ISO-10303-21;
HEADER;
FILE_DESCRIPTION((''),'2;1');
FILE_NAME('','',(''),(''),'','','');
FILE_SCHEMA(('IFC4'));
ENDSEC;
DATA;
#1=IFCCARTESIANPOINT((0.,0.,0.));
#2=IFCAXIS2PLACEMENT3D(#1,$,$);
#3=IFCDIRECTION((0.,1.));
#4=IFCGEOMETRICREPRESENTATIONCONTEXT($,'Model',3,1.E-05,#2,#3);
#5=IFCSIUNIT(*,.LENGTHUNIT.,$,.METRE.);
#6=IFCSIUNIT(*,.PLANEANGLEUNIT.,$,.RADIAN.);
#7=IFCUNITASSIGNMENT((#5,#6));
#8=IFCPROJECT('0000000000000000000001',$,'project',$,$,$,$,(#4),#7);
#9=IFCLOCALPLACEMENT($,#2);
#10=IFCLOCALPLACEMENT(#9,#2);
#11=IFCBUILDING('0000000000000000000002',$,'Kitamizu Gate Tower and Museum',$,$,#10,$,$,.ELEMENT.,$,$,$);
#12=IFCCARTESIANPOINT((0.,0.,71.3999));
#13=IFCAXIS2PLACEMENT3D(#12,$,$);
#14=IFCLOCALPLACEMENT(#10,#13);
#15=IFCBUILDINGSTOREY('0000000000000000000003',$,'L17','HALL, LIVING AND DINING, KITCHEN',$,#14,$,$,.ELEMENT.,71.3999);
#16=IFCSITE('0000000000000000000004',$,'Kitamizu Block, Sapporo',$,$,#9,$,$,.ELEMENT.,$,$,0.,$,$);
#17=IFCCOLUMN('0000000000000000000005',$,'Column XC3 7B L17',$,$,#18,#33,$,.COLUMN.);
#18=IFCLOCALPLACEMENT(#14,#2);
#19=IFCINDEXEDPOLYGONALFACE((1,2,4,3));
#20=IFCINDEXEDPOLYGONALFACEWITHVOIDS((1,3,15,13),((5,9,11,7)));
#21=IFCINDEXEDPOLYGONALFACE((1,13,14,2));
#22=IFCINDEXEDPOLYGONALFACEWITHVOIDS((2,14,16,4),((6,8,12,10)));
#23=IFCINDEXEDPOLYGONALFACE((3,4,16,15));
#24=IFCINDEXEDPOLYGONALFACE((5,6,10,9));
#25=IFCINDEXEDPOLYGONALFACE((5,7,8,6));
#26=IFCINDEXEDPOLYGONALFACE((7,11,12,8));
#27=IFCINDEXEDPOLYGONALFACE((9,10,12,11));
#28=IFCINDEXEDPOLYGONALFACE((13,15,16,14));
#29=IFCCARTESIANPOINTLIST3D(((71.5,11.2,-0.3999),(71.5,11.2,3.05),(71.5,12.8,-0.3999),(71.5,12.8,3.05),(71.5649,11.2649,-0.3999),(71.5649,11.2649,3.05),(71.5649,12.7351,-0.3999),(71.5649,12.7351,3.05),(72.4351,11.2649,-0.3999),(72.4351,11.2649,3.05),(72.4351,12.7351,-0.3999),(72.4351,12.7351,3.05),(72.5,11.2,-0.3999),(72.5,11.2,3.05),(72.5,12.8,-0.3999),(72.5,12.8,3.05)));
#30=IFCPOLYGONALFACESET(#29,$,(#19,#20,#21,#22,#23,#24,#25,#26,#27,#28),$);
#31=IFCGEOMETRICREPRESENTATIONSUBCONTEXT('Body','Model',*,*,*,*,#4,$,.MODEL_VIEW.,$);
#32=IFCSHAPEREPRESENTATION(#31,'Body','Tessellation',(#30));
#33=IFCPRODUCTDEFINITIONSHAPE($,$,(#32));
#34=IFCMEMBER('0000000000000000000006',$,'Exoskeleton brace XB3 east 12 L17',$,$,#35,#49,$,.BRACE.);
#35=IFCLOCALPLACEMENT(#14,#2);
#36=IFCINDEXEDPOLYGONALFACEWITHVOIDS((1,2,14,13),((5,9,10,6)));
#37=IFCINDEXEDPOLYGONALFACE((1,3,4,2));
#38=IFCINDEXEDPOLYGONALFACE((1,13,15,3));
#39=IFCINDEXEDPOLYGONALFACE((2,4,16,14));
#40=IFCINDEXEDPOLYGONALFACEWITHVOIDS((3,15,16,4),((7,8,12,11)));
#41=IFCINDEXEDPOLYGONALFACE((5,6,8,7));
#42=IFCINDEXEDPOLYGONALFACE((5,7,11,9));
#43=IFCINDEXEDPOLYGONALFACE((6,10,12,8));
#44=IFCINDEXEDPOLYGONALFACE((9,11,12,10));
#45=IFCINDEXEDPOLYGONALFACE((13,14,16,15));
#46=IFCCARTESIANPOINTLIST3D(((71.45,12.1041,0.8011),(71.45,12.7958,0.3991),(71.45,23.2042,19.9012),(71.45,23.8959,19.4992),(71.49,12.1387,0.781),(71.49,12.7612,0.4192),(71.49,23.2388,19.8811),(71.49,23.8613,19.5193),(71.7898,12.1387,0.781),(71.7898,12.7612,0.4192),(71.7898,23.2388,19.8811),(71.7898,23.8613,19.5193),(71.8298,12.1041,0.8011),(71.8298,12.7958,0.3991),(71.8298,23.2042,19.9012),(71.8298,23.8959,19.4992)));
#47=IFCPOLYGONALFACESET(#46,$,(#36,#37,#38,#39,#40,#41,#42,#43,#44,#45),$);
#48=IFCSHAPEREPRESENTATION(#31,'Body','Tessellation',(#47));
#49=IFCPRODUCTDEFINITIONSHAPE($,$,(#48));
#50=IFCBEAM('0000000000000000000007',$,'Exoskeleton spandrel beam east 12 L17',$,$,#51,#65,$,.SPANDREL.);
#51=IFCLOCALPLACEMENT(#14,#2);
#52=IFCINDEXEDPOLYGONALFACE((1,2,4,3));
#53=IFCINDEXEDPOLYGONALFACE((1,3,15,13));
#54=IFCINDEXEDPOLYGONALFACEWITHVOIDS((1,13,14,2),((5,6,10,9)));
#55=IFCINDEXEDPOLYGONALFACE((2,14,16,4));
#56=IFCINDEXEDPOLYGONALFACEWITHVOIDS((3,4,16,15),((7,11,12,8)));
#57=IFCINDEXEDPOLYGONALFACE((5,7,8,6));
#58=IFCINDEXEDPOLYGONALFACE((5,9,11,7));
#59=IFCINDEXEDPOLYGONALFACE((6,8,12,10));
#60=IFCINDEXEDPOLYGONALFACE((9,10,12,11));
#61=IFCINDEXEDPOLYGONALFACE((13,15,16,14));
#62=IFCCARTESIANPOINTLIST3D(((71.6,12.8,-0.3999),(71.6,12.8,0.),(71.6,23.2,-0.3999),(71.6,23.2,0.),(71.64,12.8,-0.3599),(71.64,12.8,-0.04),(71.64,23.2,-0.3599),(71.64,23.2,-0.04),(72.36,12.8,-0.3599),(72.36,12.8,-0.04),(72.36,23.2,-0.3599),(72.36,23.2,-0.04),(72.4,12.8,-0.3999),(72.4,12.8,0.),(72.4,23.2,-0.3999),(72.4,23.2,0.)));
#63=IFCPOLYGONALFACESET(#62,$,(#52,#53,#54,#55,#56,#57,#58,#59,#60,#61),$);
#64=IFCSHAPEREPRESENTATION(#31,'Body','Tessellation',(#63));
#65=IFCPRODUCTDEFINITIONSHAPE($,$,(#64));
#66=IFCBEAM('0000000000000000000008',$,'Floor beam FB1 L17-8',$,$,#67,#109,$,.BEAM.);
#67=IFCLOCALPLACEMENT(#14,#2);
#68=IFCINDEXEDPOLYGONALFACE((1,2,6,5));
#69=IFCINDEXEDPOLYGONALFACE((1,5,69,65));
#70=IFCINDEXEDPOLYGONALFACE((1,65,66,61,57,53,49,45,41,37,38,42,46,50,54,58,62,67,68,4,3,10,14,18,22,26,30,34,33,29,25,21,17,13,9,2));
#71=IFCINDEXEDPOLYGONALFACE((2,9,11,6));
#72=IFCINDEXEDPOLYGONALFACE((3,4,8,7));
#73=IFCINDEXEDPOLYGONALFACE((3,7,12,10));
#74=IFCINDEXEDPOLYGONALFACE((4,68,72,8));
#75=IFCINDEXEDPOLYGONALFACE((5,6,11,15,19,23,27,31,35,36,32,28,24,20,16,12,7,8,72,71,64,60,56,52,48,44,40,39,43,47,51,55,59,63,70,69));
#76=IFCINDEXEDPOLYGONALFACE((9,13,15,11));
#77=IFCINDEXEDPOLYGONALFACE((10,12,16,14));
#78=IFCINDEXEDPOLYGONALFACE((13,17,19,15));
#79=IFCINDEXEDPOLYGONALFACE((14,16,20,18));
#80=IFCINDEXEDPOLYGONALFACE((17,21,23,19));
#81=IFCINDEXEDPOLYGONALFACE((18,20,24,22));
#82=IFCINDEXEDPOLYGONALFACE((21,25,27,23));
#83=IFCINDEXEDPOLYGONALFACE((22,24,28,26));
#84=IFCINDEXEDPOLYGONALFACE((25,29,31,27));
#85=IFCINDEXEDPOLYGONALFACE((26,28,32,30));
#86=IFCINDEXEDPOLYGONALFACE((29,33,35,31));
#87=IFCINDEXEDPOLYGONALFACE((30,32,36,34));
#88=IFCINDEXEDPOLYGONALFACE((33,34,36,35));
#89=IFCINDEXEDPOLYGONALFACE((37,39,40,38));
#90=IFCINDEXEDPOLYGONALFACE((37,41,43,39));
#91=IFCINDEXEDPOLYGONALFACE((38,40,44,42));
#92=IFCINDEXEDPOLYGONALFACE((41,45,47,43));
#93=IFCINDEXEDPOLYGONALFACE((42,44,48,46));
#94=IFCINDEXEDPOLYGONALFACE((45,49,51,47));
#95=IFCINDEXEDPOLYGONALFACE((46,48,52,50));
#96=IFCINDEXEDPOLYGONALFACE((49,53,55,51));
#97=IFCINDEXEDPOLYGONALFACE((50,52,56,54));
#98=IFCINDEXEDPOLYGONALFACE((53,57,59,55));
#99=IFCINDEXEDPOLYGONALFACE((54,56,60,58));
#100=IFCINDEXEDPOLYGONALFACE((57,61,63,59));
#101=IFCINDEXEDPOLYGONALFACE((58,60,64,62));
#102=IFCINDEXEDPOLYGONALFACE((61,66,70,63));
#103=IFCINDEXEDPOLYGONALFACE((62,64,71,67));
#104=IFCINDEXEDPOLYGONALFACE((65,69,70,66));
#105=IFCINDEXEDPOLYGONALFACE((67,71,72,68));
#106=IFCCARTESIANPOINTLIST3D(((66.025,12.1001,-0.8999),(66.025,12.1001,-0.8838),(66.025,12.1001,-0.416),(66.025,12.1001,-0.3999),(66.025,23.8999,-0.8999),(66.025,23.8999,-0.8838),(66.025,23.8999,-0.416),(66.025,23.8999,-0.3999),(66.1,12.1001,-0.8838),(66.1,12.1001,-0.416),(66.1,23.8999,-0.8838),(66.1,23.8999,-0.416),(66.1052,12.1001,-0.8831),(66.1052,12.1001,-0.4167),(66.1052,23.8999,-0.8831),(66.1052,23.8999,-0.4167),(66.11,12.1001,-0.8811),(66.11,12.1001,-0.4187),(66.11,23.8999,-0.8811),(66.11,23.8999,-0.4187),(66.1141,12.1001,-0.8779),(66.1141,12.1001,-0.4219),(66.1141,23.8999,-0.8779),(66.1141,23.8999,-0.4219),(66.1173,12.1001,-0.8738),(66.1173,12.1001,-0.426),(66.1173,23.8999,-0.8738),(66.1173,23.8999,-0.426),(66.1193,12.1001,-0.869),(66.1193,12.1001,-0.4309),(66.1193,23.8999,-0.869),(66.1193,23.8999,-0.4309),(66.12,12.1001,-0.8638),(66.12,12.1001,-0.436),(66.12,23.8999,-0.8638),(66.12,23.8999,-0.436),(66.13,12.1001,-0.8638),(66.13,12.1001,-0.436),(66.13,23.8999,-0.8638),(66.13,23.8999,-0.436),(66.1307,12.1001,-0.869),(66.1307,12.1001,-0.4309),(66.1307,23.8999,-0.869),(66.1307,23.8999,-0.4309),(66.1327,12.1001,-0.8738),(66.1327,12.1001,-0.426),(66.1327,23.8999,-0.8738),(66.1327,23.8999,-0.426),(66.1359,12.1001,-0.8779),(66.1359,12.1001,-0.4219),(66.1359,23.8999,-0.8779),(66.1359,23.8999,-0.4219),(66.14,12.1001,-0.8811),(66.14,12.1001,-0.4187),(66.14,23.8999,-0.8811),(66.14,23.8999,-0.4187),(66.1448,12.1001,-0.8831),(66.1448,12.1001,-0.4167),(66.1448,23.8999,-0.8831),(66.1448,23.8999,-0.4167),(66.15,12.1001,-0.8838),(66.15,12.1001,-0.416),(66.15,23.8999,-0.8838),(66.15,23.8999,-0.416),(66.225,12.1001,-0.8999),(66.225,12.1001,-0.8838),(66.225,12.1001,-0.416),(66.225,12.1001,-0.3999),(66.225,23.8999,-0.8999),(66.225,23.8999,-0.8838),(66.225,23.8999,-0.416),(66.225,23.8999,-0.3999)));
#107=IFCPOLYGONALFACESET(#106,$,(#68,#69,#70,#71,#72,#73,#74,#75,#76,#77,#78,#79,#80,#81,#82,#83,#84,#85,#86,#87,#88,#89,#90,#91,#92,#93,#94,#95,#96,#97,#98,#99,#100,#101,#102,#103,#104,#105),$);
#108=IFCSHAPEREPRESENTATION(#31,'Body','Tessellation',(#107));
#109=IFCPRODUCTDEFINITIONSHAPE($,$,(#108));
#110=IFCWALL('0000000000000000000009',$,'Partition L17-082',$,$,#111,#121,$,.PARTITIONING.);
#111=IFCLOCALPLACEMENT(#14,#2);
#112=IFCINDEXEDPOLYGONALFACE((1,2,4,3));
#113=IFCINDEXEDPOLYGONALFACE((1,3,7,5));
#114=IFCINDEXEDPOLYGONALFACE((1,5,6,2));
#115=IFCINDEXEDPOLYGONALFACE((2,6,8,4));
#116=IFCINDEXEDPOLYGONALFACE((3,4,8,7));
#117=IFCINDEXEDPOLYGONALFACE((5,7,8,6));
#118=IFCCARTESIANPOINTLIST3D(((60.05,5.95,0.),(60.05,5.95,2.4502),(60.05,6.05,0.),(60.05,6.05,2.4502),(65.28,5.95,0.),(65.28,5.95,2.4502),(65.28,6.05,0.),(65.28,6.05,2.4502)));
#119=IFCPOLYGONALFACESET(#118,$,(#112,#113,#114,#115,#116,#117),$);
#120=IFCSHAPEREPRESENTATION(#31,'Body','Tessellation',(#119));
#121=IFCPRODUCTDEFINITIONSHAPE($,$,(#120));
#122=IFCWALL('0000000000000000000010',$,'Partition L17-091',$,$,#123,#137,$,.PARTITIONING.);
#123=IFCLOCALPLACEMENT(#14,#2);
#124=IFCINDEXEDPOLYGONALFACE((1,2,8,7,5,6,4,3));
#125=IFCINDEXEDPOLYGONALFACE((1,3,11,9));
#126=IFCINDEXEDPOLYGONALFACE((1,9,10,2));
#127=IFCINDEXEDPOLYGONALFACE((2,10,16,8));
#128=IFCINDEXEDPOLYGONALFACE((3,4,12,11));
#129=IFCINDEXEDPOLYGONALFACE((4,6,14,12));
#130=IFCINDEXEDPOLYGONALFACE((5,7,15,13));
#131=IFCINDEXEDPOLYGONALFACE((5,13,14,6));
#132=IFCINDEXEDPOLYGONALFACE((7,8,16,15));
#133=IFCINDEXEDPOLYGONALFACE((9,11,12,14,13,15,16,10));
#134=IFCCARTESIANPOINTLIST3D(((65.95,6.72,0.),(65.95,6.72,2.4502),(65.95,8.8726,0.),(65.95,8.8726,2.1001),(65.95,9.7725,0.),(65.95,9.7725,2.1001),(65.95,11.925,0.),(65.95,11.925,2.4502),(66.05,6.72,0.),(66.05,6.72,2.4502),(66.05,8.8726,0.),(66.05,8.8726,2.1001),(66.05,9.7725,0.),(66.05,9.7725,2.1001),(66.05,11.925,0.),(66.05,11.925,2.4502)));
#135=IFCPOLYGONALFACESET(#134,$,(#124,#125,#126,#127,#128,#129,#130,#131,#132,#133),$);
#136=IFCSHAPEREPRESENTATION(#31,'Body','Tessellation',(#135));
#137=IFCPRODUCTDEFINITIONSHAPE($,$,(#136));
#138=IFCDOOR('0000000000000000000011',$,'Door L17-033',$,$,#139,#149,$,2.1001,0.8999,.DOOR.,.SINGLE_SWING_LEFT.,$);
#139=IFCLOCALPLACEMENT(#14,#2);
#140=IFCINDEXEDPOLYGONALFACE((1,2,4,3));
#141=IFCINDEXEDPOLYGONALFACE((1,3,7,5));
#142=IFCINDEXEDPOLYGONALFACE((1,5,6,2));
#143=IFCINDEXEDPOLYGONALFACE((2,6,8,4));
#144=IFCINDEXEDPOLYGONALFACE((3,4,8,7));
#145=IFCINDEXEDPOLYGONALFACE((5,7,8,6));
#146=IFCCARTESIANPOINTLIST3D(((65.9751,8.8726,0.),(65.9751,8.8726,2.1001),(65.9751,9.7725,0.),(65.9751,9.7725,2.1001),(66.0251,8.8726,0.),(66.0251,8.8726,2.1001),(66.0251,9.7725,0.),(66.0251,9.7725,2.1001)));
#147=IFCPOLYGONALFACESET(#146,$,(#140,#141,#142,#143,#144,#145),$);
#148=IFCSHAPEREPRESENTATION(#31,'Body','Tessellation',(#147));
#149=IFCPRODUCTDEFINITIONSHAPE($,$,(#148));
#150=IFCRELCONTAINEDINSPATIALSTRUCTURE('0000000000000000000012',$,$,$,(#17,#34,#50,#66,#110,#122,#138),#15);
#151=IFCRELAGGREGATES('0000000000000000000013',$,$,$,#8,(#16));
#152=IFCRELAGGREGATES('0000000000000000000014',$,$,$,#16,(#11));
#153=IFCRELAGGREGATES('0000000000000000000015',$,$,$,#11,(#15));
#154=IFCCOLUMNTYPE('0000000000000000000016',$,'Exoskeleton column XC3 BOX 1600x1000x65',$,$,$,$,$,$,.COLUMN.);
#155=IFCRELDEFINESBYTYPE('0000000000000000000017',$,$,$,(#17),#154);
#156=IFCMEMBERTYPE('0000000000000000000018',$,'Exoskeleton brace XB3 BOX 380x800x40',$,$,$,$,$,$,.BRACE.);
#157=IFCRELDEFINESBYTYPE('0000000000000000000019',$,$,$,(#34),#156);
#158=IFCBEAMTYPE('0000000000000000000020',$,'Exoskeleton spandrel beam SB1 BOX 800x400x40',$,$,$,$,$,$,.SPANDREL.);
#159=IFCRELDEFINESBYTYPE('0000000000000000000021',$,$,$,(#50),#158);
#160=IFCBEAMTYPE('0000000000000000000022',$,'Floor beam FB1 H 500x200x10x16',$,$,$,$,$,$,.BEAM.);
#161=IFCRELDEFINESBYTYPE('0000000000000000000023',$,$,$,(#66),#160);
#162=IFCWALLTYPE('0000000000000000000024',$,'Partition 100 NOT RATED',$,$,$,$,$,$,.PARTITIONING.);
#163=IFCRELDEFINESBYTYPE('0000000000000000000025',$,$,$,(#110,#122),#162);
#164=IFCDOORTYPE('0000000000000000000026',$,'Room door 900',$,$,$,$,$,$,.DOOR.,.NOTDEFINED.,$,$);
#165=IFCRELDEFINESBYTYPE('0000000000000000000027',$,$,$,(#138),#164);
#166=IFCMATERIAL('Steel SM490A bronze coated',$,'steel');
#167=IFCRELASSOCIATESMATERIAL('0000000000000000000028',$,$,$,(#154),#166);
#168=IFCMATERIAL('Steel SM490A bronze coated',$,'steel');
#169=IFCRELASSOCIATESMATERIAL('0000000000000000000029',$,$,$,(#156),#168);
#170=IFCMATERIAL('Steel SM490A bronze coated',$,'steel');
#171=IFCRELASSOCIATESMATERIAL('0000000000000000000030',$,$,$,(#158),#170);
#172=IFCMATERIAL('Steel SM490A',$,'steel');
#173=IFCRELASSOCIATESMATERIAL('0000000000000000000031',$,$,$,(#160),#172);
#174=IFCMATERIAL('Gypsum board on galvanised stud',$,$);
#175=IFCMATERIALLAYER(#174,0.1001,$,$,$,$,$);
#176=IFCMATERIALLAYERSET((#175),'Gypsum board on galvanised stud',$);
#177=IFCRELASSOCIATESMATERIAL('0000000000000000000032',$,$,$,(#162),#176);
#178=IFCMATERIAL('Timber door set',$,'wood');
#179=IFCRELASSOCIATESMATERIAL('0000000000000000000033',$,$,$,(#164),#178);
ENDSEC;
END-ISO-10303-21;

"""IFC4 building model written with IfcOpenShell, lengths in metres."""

from ifc_helpers import new_model, si_unit, direction, frame, frame_2d, origin, origin_2d, place, context, subcontext, project, spatial, rectangle, hollow_rectangle, i_section, extrude, material, layer, layer_set, material_profile, profile_set, type_object, element, fill, save


model = new_model("IFC4")

# Units and contexts
model_context = context("Model", 3, precision=1e-05, world=origin(), true_north=direction((0.0, 1.0)))
body_context = subcontext(model_context, "Body", "Model", "MODEL_VIEW")
ifc_project = project(units=[si_unit("LENGTHUNIT", "METRE"), si_unit("PLANEANGLEUNIT", "RADIAN")], contexts=[model_context])

# Site, building, storey
site_placement = place(None, origin())
site = spatial("IfcSite", under=ifc_project, at=site_placement, Name="Kitamizu Block, Sapporo", CompositionType="ELEMENT", RefElevation=0.0)
building_placement = place(site_placement, origin())
building = spatial("IfcBuilding", under=site, at=building_placement, Name="Kitamizu Gate Tower and Museum", CompositionType="ELEMENT")
storey_placement = place(building_placement, frame((0.0, 0.0, 71.3999)))
storey = spatial("IfcBuildingStorey", under=building, at=storey_placement, Name="L17", Description="HALL, LIVING AND DINING, KITCHEN", CompositionType="ELEMENT", Elevation=71.3999)

# Column
ifc_material_1 = material(Name="Steel SM490A bronze coated", Category="steel")
ifc_material_profile_1 = material_profile(ifc_material_1, hollow_rectangle(XDim=1.6001, YDim=1.0, WallThickness=0.0649, at=origin_2d()), Name="BOX 1600x1000x65")
ifc_profile_set_1 = profile_set([ifc_material_profile_1], Name="Steel SM490A bronze coated")
column_type = type_object("IfcColumnType", Name="Exoskeleton column XC3 BOX 1600x1000x65", PredefinedType="COLUMN", material=ifc_profile_set_1)
column_placement = place(storey_placement, frame((72.0, 12.0, -0.3999), z_axis=(0.0, 0.0, 1.0), x_axis=(0.0, 1.0, 0.0)))
element("IfcColumn", 1, at=column_placement, inside=storey, type_object=column_type, Name="Column XC3 7B L17", PredefinedType="COLUMN", context=body_context, shape_type="SweptSolid", body=[
    extrude(hollow_rectangle(XDim=1.6001, YDim=1.0, WallThickness=0.0649, at=origin_2d()), origin(), (0.0, 0.0, 1.0), 3.45),
])

# Member
ifc_material_2 = material(Name="Steel SM490A bronze coated", Category="steel")
ifc_material_profile_2 = material_profile(ifc_material_2, hollow_rectangle(XDim=0.3799, YDim=0.8, WallThickness=0.04, at=origin_2d()), Name="BOX 380x800x40")
ifc_profile_set_2 = profile_set([ifc_material_profile_2], Name="Steel SM490A bronze coated")
member_type = type_object("IfcMemberType", Name="Exoskeleton brace XB3 BOX 380x800x40", PredefinedType="BRACE", material=ifc_profile_set_2)
member_placement = place(storey_placement, frame((71.6399, 12.45, 0.6001), z_axis=(0.0, 0.502464, 0.864598), x_axis=(-1.0, 0.0, 0.0)))
element("IfcMember", 2, at=member_placement, inside=storey, type_object=member_type, Name="Exoskeleton brace XB3 east 12 L17", PredefinedType="BRACE", context=body_context, shape_type="SweptSolid", body=[
    extrude(hollow_rectangle(XDim=0.3799, YDim=0.8, WallThickness=0.04, at=origin_2d()), origin(), (0.0, 0.0, 1.0), 22.0913),
])

# Beams
ifc_material_3 = material(Name="Steel SM490A bronze coated", Category="steel")
ifc_material_profile_3 = material_profile(ifc_material_3, hollow_rectangle(XDim=0.8, YDim=0.3999, WallThickness=0.04, at=origin_2d()), Name="BOX 800x400x40")
ifc_profile_set_3 = profile_set([ifc_material_profile_3], Name="Steel SM490A bronze coated")
beam_type_1 = type_object("IfcBeamType", Name="Exoskeleton spandrel beam SB1 BOX 800x400x40", PredefinedType="SPANDREL", material=ifc_profile_set_3)
beam_1_placement = place(storey_placement, frame((72.0, 12.8, -0.2), z_axis=(0.0, 1.0, 0.0), x_axis=(-1.0, 0.0, 0.0)))
element("IfcBeam", 3, at=beam_1_placement, inside=storey, type_object=beam_type_1, Name="Exoskeleton spandrel beam east 12 L17", PredefinedType="SPANDREL", context=body_context, shape_type="SweptSolid", body=[
    extrude(hollow_rectangle(XDim=0.8, YDim=0.3999, WallThickness=0.04, at=origin_2d()), origin(), (0.0, 0.0, 1.0), 10.3999),
])
ifc_material_4 = material(Name="Steel SM490A", Category="steel")
ifc_material_profile_4 = material_profile(ifc_material_4, i_section(OverallWidth=0.2, OverallDepth=0.5, WebThickness=0.01, FlangeThickness=0.0161, FilletRadius=0.02, at=origin_2d()), Name="H-500x200x10x16")
ifc_profile_set_4 = profile_set([ifc_material_profile_4], Name="Steel SM490A")
beam_type_2 = type_object("IfcBeamType", Name="Floor beam FB1 H 500x200x10x16", PredefinedType="BEAM", material=ifc_profile_set_4)
beam_2_placement = place(storey_placement, frame((66.125, 12.1001, -0.6499), z_axis=(0.0, 1.0, 0.0), x_axis=(-1.0, 0.0, 0.0)))
element("IfcBeam", 4, at=beam_2_placement, inside=storey, type_object=beam_type_2, Name="Floor beam FB1 L17-8", PredefinedType="BEAM", context=body_context, shape_type="SweptSolid", body=[
    extrude(i_section(OverallWidth=0.2, OverallDepth=0.5, WebThickness=0.01, FlangeThickness=0.0161, FilletRadius=0.02, at=origin_2d()), origin(), (0.0, 0.0, 1.0), 11.7998),
])

# Wall
ifc_material_5 = material(Name="Gypsum board on galvanised stud")
ifc_layer_1 = layer(ifc_material_5, 0.1001)
ifc_layer_set_1 = layer_set([ifc_layer_1], Name="Gypsum board on galvanised stud")
wall_type_1 = type_object("IfcWallType", Name="Partition 100 NOT RATED", PredefinedType="PARTITIONING", material=ifc_layer_set_1)
wall_1_placement = place(storey_placement, frame((65.28, 6.0, 0.0), z_axis=(0.0, 0.0, 1.0), x_axis=(-1.0, 0.0, 0.0)))
element("IfcWall", 5, at=wall_1_placement, inside=storey, type_object=wall_type_1, Name="Partition L17-082", PredefinedType="PARTITIONING", context=body_context, shape_type="SweptSolid", body=[
    extrude(rectangle(XDim=5.23, YDim=0.1001, at=frame_2d((2.615, 0.0))), origin(), (0.0, 0.0, 1.0), 2.4502),
])

# Wall, opening, door
wall_2_placement = place(storey_placement, frame((66.0, 6.72, 0.0), z_axis=(0.0, 0.0, 1.0), x_axis=(0.0, 1.0, 0.0)))
wall_2 = element("IfcWall", 6, at=wall_2_placement, inside=storey, type_object=wall_type_1, Name="Partition L17-091", PredefinedType="PARTITIONING", context=body_context, shape_type="SweptSolid", body=[
    extrude(rectangle(XDim=5.2051, YDim=0.1001, at=frame_2d((2.6025, 0.0))), origin(), (0.0, 0.0, 1.0), 2.4502),
])
opening_1_placement = place(wall_2_placement, frame((2.1526, 0.0, 0.0)))
opening_1 = element("IfcOpeningElement", 7, at=opening_1_placement, cuts=wall_2, PredefinedType="OPENING", context=body_context, shape_type="SweptSolid", body=[
    extrude(rectangle(XDim=0.8999, YDim=2.1001, at=frame_2d((0.45, 1.05))), frame((0.0, 0.0601, 0.0), z_axis=(0.0, -1.0, 0.0), x_axis=(1.0, 0.0, 0.0)), (0.0, 0.0, 1.0), 0.1201),
])
ifc_material_6 = material(Name="Timber door set", Category="wood")
door_type_1 = type_object("IfcDoorType", Name="Room door 900", OperationType="NOTDEFINED", PredefinedType="DOOR", material=ifc_material_6)
door_1_placement = place(opening_1_placement, origin())
door_1 = element("IfcDoor", 8, at=door_1_placement, inside=storey, type_object=door_type_1, Name="Door L17-033", OperationType="SINGLE_SWING_LEFT", OverallHeight=2.1001, OverallWidth=0.8999, PredefinedType="DOOR", context=body_context, shape_type="SweptSolid", body=[
    extrude(rectangle(XDim=0.8999, YDim=2.1001, at=frame_2d((0.45, 1.05))), frame((0.0, 0.0249, 0.0), z_axis=(0.0, -1.0, 0.0), x_axis=(1.0, 0.0, 0.0)), (0.0, 0.0, 1.0), 0.05),
])
fill(opening_1, door_1)

save(model, "model.ifc")
